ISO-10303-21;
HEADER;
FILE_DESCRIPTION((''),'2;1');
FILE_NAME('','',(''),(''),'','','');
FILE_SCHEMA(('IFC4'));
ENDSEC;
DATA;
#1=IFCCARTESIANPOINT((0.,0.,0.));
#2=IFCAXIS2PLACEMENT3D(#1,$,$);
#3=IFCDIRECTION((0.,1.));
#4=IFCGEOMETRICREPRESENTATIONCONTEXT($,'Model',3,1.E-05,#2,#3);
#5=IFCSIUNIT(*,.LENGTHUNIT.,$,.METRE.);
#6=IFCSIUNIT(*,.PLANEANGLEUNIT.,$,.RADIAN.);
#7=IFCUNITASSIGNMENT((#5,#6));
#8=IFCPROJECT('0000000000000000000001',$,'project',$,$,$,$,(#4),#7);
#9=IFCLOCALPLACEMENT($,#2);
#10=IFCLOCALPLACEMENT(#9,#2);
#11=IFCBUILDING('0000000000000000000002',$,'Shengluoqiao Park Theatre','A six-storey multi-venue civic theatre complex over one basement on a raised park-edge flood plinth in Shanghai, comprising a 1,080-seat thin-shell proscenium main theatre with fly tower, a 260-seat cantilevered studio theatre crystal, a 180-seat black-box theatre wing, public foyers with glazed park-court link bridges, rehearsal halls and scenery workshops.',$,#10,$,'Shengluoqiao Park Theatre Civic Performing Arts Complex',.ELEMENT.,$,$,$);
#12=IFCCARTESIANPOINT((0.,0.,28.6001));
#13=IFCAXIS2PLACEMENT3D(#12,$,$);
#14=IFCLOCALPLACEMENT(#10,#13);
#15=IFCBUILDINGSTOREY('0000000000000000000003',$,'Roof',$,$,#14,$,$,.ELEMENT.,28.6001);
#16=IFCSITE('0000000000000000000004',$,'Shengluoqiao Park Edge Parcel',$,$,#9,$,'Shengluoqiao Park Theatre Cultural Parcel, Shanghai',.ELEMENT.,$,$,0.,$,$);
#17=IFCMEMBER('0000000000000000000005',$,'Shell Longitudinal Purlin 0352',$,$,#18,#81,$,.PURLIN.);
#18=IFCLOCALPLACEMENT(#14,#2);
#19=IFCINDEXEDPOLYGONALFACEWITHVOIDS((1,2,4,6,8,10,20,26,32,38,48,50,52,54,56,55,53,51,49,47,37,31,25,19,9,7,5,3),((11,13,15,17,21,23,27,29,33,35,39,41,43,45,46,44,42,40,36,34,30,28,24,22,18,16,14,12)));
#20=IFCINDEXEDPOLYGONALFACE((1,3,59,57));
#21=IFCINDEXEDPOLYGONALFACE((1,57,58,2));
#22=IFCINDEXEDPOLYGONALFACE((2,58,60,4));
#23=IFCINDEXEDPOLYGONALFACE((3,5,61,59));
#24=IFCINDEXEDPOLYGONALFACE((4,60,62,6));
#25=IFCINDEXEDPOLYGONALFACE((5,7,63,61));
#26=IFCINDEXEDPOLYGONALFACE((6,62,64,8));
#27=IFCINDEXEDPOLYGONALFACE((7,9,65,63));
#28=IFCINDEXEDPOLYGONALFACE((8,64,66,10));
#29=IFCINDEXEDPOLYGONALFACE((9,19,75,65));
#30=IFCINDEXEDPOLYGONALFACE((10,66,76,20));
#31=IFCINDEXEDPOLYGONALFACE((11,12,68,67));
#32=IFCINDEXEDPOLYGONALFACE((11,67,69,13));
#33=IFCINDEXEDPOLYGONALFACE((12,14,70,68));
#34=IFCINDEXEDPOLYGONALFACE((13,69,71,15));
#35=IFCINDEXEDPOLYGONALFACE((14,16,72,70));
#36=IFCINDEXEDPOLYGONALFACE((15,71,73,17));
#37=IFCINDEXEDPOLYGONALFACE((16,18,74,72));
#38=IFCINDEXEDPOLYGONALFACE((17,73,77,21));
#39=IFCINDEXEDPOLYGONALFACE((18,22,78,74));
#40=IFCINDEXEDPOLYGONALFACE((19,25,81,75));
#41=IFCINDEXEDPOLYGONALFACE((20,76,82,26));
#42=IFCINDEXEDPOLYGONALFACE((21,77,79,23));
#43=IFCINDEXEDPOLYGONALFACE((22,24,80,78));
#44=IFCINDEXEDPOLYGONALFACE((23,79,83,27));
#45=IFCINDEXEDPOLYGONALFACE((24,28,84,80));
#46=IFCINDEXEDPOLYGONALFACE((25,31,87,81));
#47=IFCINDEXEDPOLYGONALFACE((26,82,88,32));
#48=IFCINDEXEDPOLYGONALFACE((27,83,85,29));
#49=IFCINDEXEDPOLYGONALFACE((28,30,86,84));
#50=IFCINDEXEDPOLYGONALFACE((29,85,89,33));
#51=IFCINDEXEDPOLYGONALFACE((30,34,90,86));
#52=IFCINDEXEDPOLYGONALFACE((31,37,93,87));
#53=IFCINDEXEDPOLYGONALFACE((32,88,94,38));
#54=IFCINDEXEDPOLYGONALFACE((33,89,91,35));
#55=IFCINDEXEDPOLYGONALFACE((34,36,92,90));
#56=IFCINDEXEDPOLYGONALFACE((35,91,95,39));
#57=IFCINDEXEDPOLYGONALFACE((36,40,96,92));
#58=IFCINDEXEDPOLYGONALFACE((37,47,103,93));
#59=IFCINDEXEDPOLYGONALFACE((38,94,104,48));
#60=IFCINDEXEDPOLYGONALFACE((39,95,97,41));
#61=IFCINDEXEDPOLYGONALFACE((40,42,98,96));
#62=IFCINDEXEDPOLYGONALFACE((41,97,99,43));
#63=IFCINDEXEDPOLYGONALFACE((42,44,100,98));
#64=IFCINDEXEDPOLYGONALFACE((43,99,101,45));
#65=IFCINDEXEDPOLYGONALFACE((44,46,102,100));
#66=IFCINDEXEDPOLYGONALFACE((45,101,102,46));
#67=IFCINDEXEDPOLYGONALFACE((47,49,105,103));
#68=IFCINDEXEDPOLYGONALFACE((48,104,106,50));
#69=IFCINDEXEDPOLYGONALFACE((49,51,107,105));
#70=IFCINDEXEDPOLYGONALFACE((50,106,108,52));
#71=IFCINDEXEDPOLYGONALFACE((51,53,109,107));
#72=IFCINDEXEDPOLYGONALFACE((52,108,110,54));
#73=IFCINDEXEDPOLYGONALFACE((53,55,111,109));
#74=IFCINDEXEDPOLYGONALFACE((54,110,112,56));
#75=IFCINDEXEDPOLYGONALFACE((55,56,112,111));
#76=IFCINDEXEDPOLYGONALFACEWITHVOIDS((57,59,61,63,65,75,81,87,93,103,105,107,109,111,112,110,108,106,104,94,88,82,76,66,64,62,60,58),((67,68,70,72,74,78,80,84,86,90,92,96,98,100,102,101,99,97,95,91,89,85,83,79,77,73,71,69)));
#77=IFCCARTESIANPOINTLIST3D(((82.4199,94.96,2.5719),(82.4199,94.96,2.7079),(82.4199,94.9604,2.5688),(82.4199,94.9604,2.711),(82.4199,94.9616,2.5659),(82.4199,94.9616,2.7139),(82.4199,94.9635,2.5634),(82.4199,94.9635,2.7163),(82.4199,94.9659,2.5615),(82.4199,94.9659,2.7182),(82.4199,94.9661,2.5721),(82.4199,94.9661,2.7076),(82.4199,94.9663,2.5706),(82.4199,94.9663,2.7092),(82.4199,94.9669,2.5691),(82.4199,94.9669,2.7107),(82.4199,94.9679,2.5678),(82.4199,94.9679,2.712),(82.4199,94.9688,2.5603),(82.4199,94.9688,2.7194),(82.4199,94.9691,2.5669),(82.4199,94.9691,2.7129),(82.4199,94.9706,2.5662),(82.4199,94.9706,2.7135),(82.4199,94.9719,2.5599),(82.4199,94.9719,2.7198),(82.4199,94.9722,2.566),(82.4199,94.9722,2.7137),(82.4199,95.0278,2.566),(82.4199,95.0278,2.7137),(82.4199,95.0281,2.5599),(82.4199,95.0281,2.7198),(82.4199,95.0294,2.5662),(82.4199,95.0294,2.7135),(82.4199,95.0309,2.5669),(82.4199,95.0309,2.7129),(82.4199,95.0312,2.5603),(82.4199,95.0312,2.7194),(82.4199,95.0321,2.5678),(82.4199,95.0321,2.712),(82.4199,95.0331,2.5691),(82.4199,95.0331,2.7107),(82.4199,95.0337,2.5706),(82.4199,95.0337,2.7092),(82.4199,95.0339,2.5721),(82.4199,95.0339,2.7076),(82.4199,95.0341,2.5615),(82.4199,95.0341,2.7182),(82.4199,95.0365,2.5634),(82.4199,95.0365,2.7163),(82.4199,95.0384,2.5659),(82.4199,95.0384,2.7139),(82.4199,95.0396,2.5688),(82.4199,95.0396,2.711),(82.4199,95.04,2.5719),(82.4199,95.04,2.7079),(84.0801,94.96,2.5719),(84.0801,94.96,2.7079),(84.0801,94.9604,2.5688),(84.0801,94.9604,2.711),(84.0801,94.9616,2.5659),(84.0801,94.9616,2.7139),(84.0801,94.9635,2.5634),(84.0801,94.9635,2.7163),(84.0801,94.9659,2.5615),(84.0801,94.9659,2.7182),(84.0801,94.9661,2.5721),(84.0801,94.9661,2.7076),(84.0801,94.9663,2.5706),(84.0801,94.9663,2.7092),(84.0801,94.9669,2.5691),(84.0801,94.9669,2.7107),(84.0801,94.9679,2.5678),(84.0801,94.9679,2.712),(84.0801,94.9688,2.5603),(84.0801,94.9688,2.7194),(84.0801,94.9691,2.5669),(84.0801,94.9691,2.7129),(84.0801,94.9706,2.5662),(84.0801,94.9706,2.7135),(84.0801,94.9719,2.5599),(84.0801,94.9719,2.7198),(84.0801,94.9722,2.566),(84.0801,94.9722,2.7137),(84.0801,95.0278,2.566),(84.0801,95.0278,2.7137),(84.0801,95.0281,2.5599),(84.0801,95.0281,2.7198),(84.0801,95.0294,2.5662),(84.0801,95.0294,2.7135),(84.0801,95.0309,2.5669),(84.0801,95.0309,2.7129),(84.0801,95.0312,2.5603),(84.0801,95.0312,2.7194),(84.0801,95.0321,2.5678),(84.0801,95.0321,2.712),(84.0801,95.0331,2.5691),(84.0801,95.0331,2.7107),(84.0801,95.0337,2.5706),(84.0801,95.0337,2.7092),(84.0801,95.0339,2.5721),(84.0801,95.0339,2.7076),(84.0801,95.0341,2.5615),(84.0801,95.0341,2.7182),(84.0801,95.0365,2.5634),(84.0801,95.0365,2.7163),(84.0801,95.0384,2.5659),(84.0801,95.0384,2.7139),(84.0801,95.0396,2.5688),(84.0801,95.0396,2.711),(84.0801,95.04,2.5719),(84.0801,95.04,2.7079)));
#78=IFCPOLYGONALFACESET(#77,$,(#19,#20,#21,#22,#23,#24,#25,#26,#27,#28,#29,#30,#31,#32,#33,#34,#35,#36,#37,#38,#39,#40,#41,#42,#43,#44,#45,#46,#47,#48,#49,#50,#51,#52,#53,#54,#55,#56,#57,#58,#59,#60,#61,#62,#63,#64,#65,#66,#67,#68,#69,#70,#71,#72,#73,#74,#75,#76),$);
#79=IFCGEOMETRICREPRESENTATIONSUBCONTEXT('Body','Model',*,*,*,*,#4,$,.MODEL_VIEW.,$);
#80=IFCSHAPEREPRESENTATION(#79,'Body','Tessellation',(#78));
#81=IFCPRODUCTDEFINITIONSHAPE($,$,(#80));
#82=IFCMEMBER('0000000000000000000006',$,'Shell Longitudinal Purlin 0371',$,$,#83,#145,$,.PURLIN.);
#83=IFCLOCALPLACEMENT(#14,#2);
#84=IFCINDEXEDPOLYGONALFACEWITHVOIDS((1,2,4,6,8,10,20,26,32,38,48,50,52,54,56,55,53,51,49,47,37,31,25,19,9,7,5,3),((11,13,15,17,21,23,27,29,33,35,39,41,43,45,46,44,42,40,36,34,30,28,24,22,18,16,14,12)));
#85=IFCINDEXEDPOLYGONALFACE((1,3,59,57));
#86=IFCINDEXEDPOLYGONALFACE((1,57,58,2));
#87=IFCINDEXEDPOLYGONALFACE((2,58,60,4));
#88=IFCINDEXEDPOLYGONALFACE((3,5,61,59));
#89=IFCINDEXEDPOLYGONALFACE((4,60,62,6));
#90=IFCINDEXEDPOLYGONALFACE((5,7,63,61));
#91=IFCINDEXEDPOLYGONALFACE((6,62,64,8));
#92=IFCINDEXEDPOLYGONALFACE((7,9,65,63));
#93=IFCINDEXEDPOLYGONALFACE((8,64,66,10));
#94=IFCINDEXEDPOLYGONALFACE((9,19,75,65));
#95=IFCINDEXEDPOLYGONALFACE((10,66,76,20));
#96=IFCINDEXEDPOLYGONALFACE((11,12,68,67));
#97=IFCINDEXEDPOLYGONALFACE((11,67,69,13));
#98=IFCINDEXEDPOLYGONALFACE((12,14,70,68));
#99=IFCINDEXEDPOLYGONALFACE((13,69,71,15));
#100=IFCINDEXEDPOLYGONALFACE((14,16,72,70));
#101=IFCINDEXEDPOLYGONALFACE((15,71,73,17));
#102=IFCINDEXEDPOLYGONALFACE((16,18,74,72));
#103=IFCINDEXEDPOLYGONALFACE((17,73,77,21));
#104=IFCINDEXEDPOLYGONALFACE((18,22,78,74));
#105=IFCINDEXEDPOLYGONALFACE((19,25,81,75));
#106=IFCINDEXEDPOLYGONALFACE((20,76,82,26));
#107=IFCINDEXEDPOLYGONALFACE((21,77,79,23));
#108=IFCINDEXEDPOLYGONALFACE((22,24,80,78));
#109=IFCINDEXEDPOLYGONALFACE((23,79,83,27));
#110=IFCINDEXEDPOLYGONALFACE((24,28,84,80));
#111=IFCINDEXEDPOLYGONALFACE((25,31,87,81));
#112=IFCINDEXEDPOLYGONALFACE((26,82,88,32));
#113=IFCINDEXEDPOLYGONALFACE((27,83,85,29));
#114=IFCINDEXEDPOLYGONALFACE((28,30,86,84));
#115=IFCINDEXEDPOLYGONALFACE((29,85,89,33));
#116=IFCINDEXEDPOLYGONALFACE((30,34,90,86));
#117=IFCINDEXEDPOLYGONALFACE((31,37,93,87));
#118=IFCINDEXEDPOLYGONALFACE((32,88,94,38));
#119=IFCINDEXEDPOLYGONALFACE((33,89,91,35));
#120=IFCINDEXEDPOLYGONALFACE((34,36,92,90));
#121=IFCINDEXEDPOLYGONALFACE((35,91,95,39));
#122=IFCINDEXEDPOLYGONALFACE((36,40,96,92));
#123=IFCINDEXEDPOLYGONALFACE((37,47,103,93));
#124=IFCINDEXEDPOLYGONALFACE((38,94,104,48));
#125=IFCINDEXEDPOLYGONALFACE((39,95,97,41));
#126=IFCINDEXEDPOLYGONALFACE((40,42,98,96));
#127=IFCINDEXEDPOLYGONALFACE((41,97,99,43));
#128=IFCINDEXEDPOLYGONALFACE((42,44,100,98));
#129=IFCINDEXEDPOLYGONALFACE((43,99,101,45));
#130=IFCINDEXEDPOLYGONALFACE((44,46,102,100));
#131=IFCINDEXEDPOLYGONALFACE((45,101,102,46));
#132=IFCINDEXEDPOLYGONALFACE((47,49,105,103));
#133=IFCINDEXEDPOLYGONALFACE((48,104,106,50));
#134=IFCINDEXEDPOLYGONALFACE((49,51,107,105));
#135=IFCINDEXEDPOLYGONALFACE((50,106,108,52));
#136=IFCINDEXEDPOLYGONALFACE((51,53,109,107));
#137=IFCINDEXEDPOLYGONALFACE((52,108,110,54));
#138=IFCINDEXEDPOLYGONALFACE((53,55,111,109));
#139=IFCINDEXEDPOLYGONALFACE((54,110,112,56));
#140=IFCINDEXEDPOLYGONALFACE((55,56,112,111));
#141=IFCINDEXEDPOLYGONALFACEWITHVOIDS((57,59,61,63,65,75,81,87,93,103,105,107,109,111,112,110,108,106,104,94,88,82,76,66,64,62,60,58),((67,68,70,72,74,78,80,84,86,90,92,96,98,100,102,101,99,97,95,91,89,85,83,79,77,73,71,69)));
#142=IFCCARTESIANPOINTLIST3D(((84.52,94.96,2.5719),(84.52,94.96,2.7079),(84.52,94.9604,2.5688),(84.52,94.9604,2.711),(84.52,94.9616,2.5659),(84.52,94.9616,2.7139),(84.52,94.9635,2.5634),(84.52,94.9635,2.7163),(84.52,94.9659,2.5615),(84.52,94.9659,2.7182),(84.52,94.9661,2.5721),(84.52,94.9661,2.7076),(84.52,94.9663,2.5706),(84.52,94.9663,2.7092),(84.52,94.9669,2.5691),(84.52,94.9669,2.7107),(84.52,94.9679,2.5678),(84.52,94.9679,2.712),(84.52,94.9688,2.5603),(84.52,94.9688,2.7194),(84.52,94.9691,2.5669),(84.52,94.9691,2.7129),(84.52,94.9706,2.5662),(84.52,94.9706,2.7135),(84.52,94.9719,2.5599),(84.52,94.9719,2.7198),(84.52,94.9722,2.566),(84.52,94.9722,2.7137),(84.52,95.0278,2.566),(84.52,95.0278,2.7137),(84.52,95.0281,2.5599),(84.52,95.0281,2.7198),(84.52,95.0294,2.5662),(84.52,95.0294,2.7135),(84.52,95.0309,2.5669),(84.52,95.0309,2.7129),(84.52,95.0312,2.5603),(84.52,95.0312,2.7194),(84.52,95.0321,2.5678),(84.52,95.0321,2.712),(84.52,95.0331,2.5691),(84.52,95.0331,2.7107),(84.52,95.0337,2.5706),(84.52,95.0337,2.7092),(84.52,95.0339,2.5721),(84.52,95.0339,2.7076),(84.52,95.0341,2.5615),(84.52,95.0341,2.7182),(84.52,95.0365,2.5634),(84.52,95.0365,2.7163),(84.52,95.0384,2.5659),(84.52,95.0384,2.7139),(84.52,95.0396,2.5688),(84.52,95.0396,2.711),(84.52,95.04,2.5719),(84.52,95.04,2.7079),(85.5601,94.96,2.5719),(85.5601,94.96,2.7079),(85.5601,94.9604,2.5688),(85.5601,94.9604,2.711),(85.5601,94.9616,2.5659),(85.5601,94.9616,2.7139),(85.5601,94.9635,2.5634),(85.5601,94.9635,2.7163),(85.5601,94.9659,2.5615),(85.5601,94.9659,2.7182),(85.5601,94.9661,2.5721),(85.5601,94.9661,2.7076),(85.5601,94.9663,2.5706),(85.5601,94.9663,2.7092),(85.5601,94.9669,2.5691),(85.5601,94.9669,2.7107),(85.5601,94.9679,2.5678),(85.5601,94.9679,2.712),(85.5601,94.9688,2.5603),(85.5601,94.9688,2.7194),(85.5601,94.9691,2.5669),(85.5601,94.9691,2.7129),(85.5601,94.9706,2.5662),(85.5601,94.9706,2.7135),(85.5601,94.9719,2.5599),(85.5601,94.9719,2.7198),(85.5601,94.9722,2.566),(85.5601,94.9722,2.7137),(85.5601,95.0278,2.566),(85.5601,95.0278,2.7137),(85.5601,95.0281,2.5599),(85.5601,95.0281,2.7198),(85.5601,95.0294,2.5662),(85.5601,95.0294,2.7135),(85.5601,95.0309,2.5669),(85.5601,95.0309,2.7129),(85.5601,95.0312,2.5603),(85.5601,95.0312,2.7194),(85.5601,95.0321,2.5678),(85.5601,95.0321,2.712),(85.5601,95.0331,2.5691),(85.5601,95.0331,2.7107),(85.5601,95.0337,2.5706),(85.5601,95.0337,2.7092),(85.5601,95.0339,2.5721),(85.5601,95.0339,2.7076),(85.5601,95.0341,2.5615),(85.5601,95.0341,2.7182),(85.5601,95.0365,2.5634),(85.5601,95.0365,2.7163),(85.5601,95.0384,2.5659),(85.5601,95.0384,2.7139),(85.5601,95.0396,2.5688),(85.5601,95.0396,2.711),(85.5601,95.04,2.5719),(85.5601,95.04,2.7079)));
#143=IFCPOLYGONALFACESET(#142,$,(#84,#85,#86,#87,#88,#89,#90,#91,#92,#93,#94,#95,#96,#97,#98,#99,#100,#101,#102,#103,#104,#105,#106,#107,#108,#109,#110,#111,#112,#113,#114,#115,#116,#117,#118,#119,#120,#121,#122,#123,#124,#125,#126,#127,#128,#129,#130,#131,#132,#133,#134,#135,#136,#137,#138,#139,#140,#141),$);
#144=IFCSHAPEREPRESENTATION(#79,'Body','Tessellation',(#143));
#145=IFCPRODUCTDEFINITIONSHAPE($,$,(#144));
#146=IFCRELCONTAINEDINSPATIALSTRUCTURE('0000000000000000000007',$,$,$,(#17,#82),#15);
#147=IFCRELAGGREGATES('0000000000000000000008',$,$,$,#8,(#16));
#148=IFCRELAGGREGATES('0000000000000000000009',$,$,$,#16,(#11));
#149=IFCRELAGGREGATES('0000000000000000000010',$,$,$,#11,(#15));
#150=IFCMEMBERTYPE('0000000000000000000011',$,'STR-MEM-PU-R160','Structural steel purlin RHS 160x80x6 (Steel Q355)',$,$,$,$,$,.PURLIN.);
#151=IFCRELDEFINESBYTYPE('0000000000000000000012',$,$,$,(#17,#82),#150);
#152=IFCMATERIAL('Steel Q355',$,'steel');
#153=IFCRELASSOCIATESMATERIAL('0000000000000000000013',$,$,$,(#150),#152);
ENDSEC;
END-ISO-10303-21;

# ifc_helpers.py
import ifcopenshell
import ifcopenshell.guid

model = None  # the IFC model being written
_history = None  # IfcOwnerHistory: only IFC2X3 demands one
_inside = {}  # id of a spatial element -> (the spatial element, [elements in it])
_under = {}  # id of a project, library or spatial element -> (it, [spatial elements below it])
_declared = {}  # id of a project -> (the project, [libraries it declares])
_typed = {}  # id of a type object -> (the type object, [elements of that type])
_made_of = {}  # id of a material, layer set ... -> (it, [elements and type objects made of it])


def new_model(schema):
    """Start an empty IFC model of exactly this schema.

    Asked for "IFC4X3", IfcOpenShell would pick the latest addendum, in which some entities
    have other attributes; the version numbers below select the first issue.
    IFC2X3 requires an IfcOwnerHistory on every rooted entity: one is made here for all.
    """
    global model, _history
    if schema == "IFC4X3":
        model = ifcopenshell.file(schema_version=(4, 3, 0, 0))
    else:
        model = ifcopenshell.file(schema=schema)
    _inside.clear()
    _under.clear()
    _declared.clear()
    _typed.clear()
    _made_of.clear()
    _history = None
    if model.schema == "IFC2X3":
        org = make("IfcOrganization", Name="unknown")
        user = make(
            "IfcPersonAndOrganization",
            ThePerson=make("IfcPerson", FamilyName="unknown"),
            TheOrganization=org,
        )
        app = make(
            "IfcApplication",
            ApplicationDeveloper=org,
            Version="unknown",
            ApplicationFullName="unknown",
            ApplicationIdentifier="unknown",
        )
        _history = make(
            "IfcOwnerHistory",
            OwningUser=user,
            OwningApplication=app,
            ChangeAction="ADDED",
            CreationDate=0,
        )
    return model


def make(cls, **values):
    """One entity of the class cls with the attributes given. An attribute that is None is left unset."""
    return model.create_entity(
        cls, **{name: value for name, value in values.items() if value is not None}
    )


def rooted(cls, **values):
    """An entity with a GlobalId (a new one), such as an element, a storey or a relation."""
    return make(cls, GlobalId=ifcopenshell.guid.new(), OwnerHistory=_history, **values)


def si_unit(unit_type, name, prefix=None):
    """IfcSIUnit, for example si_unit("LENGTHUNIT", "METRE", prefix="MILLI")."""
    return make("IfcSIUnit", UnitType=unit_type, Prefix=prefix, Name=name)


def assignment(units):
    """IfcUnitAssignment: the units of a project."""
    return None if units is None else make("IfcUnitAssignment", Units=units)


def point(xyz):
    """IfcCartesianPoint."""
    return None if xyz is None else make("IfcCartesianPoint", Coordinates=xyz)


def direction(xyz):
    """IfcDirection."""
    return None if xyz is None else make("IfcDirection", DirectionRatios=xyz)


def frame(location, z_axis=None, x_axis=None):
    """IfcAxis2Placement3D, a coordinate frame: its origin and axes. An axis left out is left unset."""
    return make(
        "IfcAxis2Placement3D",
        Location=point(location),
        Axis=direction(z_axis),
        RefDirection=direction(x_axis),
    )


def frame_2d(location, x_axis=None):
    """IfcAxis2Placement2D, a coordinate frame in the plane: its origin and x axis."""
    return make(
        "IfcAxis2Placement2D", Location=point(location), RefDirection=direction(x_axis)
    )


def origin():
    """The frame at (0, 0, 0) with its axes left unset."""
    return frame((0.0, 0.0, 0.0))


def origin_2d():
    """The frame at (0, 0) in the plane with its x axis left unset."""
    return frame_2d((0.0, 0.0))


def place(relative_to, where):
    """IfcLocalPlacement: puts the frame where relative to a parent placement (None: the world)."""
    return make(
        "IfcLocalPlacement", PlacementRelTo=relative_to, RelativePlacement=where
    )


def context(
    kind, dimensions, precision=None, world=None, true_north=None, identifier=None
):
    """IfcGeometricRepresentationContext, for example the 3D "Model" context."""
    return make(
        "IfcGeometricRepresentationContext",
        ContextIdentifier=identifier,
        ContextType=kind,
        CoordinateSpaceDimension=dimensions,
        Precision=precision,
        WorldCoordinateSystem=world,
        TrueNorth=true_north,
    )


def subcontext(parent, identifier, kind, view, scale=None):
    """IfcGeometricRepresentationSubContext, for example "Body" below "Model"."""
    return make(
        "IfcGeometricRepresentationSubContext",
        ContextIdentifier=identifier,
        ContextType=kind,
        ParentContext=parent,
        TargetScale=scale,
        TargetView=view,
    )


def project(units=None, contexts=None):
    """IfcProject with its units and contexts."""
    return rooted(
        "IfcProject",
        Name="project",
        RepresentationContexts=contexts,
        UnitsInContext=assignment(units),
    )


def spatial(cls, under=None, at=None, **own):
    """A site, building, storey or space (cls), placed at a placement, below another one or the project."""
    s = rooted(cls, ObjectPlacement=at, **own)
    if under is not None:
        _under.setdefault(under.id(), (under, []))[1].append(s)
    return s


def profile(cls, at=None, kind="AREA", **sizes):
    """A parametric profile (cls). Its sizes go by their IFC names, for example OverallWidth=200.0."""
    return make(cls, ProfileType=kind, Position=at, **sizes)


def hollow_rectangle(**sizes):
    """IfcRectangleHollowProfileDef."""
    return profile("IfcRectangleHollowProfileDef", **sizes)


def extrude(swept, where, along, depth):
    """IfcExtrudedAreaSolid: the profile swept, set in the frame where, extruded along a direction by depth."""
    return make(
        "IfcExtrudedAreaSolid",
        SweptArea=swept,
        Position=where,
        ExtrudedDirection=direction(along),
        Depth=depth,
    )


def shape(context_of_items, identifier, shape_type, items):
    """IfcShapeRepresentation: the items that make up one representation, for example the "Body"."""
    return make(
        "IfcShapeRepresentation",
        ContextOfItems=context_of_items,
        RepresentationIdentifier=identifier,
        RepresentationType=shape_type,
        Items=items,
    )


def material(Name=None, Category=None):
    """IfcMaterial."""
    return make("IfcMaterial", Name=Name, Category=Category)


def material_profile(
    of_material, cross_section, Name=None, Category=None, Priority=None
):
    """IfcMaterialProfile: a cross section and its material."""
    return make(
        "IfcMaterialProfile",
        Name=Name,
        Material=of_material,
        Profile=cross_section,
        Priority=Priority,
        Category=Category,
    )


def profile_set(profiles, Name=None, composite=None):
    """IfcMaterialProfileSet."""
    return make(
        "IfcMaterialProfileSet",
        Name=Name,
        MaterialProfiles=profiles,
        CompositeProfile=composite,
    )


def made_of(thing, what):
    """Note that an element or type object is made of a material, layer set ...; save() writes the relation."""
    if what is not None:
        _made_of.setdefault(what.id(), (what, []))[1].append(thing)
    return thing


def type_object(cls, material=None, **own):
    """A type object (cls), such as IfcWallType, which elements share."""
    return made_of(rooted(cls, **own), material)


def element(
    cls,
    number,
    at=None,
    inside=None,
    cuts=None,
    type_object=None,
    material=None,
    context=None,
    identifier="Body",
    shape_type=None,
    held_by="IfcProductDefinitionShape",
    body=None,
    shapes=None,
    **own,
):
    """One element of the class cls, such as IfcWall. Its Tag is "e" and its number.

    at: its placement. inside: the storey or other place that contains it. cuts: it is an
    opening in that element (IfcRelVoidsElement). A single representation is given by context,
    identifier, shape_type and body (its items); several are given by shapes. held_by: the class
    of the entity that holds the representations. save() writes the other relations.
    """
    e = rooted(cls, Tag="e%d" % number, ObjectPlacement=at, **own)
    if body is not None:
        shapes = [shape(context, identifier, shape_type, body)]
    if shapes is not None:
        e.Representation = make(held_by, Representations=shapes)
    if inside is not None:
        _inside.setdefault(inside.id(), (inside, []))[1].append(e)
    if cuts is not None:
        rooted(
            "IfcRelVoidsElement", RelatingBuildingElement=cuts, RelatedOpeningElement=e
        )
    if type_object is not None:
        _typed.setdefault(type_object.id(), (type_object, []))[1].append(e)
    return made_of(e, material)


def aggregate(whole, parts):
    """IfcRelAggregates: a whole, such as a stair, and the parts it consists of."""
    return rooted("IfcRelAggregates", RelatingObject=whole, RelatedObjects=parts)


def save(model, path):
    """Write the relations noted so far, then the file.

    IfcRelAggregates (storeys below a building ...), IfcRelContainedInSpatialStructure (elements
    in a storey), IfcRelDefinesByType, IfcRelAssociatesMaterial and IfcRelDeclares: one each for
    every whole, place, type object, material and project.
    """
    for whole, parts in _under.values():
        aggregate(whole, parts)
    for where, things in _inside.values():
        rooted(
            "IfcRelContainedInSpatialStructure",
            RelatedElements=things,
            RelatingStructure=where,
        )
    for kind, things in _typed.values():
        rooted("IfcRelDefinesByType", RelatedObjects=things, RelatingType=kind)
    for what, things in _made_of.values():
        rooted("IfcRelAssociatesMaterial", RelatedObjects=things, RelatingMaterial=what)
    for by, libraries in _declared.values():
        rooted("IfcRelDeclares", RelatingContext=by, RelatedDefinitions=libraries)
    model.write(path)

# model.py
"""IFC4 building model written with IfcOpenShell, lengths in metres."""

from ifc_helpers import new_model, si_unit, direction, frame, origin, origin_2d, place, context, subcontext, project, spatial, hollow_rectangle, extrude, material, material_profile, profile_set, type_object, element, save


model = new_model("IFC4")

# Units and contexts
model_context = context("Model", 3, precision=1e-05, world=origin(), true_north=direction((0.0, 1.0)))
body_context = subcontext(model_context, "Body", "Model", "MODEL_VIEW")
ifc_project = project(units=[si_unit("LENGTHUNIT", "METRE"), si_unit("PLANEANGLEUNIT", "RADIAN")], contexts=[model_context])

# Site, building, storey
site_placement = place(None, origin())
site = spatial("IfcSite", under=ifc_project, at=site_placement, Name="Shengluoqiao Park Edge Parcel", LongName="Shengluoqiao Park Theatre Cultural Parcel, Shanghai", CompositionType="ELEMENT", RefElevation=0.0)
building_placement = place(site_placement, origin())
building = spatial("IfcBuilding", under=site, at=building_placement, Name="Shengluoqiao Park Theatre", Description="A six-storey multi-venue civic theatre complex over one basement on a raised park-edge flood plinth in Shanghai, comprising a 1,080-seat thin-shell proscenium main theatre with fly tower, a 260-seat cantilevered studio theatre crystal, a 180-seat black-box theatre wing, public foyers with glazed park-court link bridges, rehearsal halls and scenery workshops.", LongName="Shengluoqiao Park Theatre Civic Performing Arts Complex", CompositionType="ELEMENT")
storey_placement = place(building_placement, frame((0.0, 0.0, 28.6001)))
storey = spatial("IfcBuildingStorey", under=building, at=storey_placement, Name="Roof", CompositionType="ELEMENT", Elevation=28.6001)

# Shared definitions
ifc_material_1 = material(Name="Steel Q355", Category="steel")

# Members
ifc_material_profile_1 = material_profile(ifc_material_1, hollow_rectangle(XDim=0.0801, YDim=0.1599, WallThickness=0.0061, InnerFilletRadius=0.0061, OuterFilletRadius=0.012, at=origin_2d()), Name="RHS 160x80x6")
ifc_profile_set_1 = profile_set([ifc_material_profile_1], Name="Steel Q355")
member_type_1 = type_object("IfcMemberType", Name="STR-MEM-PU-R160", Description="Structural steel purlin RHS 160x80x6 (Steel Q355)", PredefinedType="PURLIN", material=ifc_profile_set_1)
member_1_placement = place(storey_placement, frame((82.4199, 95.0, 2.6399), z_axis=(1.0, 0.0, 0.0), x_axis=(0.0, 1.0, 0.0)))
element("IfcMember", 1, at=member_1_placement, inside=storey, type_object=member_type_1, Name="Shell Longitudinal Purlin 0352", PredefinedType="PURLIN", context=body_context, shape_type="SweptSolid", body=[
    extrude(hollow_rectangle(XDim=0.0801, YDim=0.1599, WallThickness=0.0061, InnerFilletRadius=0.0061, OuterFilletRadius=0.012, at=origin_2d()), origin(), (0.0, 0.0, 1.0), 1.6602),
])
member_2_placement = place(storey_placement, frame((84.52, 95.0, 2.6399), z_axis=(1.0, 0.0, 0.0), x_axis=(0.0, 1.0, 0.0)))
element("IfcMember", 2, at=member_2_placement, inside=storey, type_object=member_type_1, Name="Shell Longitudinal Purlin 0371", PredefinedType="PURLIN", context=body_context, shape_type="SweptSolid", body=[
    extrude(hollow_rectangle(XDim=0.0801, YDim=0.1599, WallThickness=0.0061, InnerFilletRadius=0.0061, OuterFilletRadius=0.012, at=origin_2d()), origin(), (0.0, 0.0, 1.0), 1.04),
])

save(model, "model.ifc")
